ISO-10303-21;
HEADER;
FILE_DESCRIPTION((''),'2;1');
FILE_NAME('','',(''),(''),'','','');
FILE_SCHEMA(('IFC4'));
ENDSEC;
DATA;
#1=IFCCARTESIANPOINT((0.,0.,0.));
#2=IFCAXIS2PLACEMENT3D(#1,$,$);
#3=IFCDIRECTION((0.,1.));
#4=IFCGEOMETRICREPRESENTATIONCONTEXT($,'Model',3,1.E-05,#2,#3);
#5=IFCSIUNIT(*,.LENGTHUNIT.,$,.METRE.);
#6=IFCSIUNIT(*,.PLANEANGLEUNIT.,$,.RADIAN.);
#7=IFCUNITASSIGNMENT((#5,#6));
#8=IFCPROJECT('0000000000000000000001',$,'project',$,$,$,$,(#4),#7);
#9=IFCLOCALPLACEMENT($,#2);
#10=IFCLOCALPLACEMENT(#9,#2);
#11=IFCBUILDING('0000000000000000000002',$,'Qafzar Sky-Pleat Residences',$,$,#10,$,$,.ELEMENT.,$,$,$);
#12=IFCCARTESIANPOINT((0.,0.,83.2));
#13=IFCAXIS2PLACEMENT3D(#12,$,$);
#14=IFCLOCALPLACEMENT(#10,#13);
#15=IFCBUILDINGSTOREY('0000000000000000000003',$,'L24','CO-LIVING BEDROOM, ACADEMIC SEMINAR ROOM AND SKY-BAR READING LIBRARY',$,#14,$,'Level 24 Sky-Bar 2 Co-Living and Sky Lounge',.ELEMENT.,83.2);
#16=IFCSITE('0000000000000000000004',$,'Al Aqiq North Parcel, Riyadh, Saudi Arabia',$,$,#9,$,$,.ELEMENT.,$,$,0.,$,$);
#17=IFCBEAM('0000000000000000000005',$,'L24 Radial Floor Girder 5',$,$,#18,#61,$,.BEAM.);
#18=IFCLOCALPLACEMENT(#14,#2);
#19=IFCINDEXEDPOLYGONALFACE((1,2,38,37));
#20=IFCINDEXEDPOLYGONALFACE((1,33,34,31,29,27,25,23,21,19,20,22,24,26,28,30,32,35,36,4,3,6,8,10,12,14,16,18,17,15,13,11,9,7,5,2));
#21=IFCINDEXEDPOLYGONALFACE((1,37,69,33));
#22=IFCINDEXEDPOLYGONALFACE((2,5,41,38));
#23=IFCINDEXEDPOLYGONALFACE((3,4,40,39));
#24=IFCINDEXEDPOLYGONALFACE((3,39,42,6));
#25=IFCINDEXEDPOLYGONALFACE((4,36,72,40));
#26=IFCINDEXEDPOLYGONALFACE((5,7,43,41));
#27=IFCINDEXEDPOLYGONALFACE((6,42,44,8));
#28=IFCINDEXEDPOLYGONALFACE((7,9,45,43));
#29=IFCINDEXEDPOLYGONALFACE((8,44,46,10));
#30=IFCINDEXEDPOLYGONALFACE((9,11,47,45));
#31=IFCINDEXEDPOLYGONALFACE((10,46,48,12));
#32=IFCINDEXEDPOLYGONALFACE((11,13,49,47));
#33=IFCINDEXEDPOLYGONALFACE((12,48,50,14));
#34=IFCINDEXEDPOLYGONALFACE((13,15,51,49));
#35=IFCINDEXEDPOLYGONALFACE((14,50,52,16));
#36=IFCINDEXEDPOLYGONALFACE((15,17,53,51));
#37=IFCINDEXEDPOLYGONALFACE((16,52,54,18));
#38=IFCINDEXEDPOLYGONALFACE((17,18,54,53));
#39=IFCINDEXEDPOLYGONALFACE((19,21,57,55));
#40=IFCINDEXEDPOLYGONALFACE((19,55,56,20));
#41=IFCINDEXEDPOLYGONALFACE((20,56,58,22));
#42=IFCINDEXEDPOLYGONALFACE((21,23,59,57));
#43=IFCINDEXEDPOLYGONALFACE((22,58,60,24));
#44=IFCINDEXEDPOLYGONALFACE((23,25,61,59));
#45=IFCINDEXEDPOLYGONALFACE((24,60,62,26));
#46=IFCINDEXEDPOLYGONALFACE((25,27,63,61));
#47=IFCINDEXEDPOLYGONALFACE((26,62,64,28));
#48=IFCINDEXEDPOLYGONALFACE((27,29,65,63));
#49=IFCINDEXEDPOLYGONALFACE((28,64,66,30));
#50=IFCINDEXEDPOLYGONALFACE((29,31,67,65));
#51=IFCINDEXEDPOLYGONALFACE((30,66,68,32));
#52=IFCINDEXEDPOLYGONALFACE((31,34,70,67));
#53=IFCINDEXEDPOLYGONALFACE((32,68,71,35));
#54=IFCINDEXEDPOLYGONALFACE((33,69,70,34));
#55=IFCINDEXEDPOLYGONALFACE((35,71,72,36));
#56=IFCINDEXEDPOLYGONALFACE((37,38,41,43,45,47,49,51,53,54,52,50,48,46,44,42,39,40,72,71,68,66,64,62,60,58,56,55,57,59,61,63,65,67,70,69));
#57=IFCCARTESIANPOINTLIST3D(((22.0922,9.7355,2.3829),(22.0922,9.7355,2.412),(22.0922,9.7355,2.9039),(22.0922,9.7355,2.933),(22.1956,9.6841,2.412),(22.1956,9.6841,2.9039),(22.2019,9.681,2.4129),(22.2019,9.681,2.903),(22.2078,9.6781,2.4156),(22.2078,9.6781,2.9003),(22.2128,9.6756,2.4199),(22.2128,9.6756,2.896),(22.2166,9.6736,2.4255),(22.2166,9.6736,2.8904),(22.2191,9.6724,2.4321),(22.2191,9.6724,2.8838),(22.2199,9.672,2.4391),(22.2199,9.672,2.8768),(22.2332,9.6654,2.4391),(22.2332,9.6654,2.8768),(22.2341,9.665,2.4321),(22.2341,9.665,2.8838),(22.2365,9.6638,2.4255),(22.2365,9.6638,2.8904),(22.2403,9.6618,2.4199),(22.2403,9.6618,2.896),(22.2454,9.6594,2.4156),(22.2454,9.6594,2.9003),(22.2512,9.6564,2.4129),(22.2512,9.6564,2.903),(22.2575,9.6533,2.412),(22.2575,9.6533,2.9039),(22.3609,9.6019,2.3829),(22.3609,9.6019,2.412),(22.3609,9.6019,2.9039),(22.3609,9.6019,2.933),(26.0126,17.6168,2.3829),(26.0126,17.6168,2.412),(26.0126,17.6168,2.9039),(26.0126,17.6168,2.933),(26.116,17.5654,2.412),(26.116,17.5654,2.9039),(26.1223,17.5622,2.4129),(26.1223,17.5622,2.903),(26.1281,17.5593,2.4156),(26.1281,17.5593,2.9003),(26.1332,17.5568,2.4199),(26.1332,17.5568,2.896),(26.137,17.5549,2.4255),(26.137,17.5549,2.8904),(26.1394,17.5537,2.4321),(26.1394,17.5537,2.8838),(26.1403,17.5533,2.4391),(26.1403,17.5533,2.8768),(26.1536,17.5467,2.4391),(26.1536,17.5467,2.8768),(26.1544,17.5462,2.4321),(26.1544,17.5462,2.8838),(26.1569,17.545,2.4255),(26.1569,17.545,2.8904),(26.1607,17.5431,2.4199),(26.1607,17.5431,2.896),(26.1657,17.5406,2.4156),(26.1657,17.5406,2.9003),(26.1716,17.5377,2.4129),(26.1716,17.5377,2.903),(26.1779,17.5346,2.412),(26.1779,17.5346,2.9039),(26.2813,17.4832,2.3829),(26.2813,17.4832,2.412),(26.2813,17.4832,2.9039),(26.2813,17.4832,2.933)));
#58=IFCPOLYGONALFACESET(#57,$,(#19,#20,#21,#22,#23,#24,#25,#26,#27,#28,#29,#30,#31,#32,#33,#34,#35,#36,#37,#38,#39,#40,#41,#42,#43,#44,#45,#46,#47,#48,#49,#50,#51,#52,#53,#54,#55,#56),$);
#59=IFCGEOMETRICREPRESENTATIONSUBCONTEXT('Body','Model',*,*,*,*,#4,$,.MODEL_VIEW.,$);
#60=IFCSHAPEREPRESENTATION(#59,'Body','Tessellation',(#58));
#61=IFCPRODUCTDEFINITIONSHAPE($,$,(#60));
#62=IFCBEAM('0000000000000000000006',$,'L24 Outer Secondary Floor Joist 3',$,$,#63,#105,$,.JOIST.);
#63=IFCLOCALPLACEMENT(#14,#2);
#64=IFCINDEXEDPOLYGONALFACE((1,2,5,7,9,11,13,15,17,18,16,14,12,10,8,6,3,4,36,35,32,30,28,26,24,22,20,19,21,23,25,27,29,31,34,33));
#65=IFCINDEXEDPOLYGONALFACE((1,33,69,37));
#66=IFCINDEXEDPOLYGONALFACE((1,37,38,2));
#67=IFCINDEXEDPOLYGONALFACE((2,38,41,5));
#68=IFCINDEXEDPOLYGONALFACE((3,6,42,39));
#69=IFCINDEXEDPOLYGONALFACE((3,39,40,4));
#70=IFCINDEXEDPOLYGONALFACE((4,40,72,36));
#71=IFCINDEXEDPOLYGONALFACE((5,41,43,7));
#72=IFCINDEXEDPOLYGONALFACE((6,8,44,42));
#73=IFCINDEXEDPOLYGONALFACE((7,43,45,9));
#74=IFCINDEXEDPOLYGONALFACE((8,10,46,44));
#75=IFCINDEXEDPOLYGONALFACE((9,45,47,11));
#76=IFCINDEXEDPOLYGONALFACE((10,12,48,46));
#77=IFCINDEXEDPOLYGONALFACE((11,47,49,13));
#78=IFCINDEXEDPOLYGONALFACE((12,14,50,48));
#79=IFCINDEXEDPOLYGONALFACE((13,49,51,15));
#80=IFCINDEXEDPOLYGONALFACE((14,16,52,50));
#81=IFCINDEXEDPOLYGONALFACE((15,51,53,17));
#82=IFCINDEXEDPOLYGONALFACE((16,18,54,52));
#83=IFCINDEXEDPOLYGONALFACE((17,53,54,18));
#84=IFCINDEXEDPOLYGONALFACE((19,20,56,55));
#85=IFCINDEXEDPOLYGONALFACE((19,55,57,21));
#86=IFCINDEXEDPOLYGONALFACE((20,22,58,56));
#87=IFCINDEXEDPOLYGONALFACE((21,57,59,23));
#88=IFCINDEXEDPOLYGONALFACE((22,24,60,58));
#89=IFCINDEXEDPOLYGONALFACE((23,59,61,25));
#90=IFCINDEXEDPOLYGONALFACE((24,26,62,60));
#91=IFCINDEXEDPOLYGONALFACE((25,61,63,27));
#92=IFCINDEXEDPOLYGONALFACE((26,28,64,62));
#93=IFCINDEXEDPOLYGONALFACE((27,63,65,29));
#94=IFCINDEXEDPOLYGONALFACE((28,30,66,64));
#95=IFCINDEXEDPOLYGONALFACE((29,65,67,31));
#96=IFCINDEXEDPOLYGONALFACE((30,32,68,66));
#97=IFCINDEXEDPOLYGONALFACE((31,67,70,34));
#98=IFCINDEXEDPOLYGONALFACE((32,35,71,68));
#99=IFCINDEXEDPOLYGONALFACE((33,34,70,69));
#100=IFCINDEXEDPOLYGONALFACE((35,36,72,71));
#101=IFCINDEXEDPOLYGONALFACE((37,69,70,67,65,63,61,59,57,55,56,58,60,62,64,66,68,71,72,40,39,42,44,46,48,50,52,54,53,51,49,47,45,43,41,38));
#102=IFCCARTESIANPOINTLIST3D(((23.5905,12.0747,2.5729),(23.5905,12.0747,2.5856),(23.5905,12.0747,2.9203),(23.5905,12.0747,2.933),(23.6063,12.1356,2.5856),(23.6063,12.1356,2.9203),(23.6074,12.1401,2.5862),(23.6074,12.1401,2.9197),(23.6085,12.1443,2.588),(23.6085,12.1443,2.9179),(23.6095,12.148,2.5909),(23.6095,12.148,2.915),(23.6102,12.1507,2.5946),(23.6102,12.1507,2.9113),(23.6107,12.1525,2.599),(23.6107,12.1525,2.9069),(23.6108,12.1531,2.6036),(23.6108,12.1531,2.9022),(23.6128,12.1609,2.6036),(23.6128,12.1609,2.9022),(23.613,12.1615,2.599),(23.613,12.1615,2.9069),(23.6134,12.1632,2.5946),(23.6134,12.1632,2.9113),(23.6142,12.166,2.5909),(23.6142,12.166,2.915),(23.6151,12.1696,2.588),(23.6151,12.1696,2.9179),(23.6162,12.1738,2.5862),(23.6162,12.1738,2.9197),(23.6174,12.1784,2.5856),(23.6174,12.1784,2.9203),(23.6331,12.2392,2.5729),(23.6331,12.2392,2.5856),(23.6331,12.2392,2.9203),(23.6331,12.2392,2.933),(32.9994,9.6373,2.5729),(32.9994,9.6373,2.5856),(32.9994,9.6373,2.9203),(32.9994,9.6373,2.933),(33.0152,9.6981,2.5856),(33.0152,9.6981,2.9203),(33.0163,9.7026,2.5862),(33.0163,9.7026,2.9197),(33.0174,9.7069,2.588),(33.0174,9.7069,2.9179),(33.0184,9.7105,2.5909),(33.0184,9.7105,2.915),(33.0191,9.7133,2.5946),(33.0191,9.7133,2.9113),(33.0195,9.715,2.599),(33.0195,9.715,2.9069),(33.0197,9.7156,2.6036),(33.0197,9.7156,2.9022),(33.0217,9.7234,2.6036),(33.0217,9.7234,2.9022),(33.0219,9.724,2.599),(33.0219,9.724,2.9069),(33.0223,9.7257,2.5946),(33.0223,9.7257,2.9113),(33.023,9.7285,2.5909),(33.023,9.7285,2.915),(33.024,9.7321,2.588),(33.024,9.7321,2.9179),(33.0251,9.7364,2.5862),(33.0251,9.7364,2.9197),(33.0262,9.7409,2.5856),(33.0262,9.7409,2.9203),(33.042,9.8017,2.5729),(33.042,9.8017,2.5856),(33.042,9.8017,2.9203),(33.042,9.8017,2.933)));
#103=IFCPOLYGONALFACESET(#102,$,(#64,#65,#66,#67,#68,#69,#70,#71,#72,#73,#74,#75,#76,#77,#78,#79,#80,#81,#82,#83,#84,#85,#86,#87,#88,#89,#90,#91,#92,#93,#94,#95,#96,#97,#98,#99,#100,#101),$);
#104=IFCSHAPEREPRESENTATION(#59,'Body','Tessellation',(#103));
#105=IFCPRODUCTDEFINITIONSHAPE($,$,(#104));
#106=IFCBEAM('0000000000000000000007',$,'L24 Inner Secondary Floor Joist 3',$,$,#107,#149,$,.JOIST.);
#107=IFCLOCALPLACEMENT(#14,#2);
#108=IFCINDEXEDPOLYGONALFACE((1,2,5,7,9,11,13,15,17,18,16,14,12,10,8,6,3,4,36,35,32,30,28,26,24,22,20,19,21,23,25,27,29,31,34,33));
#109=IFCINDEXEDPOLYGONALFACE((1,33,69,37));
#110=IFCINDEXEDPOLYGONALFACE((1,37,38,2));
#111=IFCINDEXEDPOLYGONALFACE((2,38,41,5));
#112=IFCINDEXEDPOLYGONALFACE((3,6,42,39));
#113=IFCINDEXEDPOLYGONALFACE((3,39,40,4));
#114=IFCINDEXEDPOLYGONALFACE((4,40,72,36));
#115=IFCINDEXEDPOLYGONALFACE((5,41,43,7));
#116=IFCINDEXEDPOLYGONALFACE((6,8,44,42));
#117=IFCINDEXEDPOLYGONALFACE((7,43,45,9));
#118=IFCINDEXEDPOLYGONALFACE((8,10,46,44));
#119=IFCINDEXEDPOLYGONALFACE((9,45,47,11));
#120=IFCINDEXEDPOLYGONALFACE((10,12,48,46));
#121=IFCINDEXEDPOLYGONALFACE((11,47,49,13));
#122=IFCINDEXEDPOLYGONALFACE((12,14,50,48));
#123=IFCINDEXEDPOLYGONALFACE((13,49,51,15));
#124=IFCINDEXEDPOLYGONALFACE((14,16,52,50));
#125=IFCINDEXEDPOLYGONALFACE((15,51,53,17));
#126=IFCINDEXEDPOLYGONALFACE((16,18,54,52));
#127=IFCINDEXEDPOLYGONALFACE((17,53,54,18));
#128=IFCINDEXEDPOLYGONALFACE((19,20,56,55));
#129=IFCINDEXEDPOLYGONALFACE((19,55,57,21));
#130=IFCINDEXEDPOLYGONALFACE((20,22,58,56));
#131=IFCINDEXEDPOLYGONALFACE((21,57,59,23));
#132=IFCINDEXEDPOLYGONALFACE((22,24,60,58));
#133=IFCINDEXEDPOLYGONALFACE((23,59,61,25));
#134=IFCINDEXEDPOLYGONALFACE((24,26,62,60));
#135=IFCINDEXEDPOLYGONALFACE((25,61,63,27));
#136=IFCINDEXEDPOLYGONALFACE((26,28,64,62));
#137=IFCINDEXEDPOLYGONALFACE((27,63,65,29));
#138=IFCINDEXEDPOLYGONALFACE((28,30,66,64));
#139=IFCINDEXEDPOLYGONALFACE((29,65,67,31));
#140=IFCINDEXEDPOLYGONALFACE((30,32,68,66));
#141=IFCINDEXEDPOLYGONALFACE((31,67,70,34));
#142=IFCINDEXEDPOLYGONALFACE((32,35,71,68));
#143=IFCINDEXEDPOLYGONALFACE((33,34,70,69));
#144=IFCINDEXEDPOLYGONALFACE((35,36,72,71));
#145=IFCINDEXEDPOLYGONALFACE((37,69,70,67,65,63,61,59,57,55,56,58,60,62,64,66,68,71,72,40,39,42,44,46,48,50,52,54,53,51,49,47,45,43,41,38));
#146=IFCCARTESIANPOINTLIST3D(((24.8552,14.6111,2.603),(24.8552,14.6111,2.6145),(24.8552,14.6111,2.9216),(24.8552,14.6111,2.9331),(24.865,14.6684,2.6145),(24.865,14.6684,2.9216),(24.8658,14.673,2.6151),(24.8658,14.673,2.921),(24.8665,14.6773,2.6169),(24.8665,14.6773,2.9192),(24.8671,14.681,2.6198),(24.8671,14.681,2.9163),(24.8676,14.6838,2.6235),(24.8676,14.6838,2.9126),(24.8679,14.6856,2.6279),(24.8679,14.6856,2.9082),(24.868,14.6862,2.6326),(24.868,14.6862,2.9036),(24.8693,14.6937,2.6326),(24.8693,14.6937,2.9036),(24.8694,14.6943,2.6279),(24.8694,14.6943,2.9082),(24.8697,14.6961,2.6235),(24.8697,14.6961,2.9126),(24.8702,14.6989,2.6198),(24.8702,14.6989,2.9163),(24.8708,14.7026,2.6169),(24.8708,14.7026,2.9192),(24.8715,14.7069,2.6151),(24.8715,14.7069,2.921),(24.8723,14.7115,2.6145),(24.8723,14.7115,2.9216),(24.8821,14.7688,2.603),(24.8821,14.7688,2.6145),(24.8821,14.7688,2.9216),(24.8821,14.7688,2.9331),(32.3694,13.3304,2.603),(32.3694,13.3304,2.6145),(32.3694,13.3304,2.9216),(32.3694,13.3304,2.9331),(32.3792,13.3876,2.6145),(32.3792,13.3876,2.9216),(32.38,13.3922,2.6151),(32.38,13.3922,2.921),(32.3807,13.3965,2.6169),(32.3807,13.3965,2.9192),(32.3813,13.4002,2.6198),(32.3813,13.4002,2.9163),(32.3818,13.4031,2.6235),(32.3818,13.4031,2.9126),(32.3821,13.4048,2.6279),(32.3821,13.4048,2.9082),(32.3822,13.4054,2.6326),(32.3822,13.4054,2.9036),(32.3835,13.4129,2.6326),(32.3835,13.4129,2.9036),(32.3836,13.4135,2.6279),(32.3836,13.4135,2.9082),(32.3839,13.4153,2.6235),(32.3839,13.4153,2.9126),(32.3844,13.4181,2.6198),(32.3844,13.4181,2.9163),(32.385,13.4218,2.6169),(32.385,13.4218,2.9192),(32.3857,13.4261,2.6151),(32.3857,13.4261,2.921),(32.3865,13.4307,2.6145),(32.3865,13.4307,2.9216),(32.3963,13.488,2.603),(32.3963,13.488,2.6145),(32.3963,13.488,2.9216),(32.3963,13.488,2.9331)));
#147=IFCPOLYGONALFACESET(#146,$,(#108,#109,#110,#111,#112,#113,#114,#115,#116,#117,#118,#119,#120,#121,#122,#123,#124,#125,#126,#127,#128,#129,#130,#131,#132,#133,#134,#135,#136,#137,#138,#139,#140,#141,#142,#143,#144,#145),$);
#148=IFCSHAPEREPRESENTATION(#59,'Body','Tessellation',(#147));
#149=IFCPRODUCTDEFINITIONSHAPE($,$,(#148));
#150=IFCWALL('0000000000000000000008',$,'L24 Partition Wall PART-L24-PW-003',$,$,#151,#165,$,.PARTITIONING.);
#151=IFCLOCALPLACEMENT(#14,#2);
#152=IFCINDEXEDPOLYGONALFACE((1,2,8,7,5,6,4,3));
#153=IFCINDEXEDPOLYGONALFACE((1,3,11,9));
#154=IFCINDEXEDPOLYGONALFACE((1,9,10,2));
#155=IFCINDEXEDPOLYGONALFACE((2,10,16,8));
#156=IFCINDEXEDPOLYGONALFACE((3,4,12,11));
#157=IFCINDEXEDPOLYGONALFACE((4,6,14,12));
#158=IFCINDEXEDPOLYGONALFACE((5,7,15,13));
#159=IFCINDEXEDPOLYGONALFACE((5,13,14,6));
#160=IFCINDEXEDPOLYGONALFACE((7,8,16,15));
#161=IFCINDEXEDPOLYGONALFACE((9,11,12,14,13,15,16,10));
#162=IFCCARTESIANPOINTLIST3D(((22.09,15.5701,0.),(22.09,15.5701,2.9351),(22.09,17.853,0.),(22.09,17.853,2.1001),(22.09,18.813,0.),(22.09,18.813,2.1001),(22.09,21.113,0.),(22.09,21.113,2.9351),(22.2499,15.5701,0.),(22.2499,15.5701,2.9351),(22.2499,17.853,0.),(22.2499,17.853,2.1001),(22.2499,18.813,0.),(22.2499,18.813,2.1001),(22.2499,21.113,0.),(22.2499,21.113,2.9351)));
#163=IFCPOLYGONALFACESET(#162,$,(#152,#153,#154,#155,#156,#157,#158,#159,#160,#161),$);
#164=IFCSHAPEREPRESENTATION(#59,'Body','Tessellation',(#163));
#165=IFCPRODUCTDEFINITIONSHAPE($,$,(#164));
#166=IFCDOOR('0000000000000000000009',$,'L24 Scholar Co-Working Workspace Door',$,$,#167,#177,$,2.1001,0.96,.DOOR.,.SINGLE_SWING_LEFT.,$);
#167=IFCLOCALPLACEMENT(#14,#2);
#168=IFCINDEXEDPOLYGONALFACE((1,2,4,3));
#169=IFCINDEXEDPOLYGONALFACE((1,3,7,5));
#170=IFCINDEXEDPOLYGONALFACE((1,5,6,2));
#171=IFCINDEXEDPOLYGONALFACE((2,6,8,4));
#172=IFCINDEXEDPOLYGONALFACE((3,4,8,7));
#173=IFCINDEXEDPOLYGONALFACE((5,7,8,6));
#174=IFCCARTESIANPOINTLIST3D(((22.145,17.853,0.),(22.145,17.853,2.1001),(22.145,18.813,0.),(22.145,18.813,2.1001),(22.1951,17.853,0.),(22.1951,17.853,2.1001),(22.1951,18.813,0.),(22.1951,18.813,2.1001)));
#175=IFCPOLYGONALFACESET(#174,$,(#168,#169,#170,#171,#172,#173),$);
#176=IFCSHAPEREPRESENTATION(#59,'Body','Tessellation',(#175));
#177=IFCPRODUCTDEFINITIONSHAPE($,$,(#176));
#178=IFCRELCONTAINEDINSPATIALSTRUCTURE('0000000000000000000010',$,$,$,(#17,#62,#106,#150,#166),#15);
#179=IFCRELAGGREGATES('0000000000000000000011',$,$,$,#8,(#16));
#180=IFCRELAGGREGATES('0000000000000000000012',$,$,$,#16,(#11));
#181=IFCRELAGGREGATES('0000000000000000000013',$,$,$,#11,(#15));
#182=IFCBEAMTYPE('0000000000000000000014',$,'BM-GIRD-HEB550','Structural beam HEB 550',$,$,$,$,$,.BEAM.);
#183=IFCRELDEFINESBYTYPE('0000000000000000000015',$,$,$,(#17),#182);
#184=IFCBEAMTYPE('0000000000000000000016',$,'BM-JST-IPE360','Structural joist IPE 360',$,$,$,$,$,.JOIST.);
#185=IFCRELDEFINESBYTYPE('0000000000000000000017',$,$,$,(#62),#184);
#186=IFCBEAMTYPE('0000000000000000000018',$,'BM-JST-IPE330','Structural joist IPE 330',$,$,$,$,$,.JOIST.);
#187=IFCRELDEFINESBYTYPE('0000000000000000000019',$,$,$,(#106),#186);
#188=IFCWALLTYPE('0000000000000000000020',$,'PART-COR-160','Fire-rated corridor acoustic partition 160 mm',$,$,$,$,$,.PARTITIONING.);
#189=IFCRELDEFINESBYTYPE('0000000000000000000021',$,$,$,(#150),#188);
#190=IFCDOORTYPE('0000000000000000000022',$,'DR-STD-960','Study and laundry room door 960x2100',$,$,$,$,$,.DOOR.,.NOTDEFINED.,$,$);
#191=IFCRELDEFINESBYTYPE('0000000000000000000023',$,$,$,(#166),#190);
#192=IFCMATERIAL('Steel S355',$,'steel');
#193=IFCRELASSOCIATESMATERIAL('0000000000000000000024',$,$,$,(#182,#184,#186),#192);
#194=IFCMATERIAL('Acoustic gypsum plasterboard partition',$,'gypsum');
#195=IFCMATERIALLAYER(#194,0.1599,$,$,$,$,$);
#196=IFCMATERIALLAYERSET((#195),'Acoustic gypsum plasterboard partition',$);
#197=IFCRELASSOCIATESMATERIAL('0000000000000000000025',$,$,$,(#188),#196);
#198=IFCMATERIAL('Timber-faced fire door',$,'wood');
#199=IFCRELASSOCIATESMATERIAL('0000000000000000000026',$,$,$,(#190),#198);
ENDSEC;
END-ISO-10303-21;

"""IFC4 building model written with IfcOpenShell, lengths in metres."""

from ifc_helpers import new_model, si_unit, direction, frame, frame_2d, origin, origin_2d, place, context, subcontext, project, spatial, rectangle, i_section, extrude, source, transform, mapped, material, layer, layer_set, material_profile, profile_set, type_object, element, fill, save


model = new_model("IFC4")

# Units and contexts
model_context = context("Model", 3, precision=1e-05, world=origin(), true_north=direction((0.0, 1.0)))
body_context = subcontext(model_context, "Body", "Model", "MODEL_VIEW")
ifc_project = project(units=[si_unit("LENGTHUNIT", "METRE"), si_unit("PLANEANGLEUNIT", "RADIAN")], contexts=[model_context])

# Site, building, storey
site_placement = place(None, origin())
site = spatial("IfcSite", under=ifc_project, at=site_placement, Name="Al Aqiq North Parcel, Riyadh, Saudi Arabia", CompositionType="ELEMENT", RefElevation=0.0)
building_placement = place(site_placement, origin())
building = spatial("IfcBuilding", under=site, at=building_placement, Name="Qafzar Sky-Pleat Residences", CompositionType="ELEMENT")
storey_placement = place(building_placement, frame((0.0, 0.0, 83.2)))
storey = spatial("IfcBuildingStorey", under=building, at=storey_placement, Name="L24", Description="CO-LIVING BEDROOM, ACADEMIC SEMINAR ROOM AND SKY-BAR READING LIBRARY", LongName="Level 24 Sky-Bar 2 Co-Living and Sky Lounge", CompositionType="ELEMENT", Elevation=83.2)

# Beams
ifc_material_1 = material(Name="Steel S355", Category="steel")
ifc_material_profile_1 = material_profile(ifc_material_1, i_section(OverallWidth=0.3, OverallDepth=0.55, WebThickness=0.0149, FlangeThickness=0.0291, FilletRadius=0.0271, at=origin_2d()), Name="HEB 550")
ifc_profile_set_1 = profile_set([ifc_material_profile_1], Name="Steel S355")
beam_type_1 = type_object("IfcBeamType", Name="BM-GIRD-HEB550", Description="Structural beam HEB 550", PredefinedType="BEAM", material=ifc_profile_set_1)
shared_shape_1 = source(origin(), body_context, "Body", "SweptSolid", [
    extrude(i_section(OverallWidth=0.3, OverallDepth=0.55, WebThickness=0.0149, FlangeThickness=0.0291, FilletRadius=0.0271, at=origin_2d()), origin(), (0.0, 0.0, 1.0), 8.8025),
])
beam_1_placement = place(storey_placement, frame((22.2266, 9.6687, 2.658), z_axis=(0.445371, 0.895346, 0.0), x_axis=(-0.895346, 0.445371, 0.0)))
element("IfcBeam", 1, at=beam_1_placement, inside=storey, type_object=beam_type_1, Name="L24 Radial Floor Girder 5", PredefinedType="BEAM", context=body_context, shape_type="MappedRepresentation", body=[
    mapped(shared_shape_1, transform((0.0, 0.0, 0.0), x_axis=(1.0, 0.0, 0.0), y_axis=(0.0, 1.0, 0.0), z_axis=(0.0, 0.0, 1.0), scale=1.0)),
])
ifc_material_profile_2 = material_profile(ifc_material_1, i_section(OverallWidth=0.1699, OverallDepth=0.3601, WebThickness=0.0081, FlangeThickness=0.0127, FilletRadius=0.0181, at=origin_2d()), Name="IPE 360")
ifc_profile_set_2 = profile_set([ifc_material_profile_2], Name="Steel S355")
beam_type_2 = type_object("IfcBeamType", Name="BM-JST-IPE360", Description="Structural joist IPE 360", PredefinedType="JOIST", material=ifc_profile_set_2)
shared_shape_2 = source(origin(), body_context, "Body", "SweptSolid", [
    extrude(i_section(OverallWidth=0.1699, OverallDepth=0.3601, WebThickness=0.0081, FlangeThickness=0.0127, FilletRadius=0.0181, at=origin_2d()), origin(), (0.0, 0.0, 1.0), 9.7195),
])
beam_2_placement = place(storey_placement, frame((23.6118, 12.157, 2.7529), z_axis=(0.968043, -0.250783, 0.0), x_axis=(0.250783, 0.968043, 0.0)))
element("IfcBeam", 2, at=beam_2_placement, inside=storey, type_object=beam_type_2, Name="L24 Outer Secondary Floor Joist 3", PredefinedType="JOIST", context=body_context, shape_type="MappedRepresentation", body=[
    mapped(shared_shape_2, transform((0.0, 0.0, 0.0), x_axis=(1.0, 0.0, 0.0), y_axis=(0.0, 1.0, 0.0), z_axis=(0.0, 0.0, 1.0), scale=1.0)),
])
ifc_material_profile_3 = material_profile(ifc_material_1, i_section(OverallWidth=0.1599, OverallDepth=0.3301, WebThickness=0.0076, FlangeThickness=0.0115, FilletRadius=0.0181, at=origin_2d()), Name="IPE 330")
ifc_profile_set_3 = profile_set([ifc_material_profile_3], Name="Steel S355")
beam_type_3 = type_object("IfcBeamType", Name="BM-JST-IPE330", Description="Structural joist IPE 330", PredefinedType="JOIST", material=ifc_profile_set_3)
shared_shape_3 = source(origin(), body_context, "Body", "SweptSolid", [
    extrude(i_section(OverallWidth=0.1599, OverallDepth=0.3301, WebThickness=0.0076, FlangeThickness=0.0115, FilletRadius=0.0181, at=origin_2d()), origin(), (0.0, 0.0, 1.0), 7.6226),
])
beam_3_placement = place(storey_placement, frame((24.8687, 14.6899, 2.7681), z_axis=(0.985783, -0.168023, 0.0), x_axis=(0.168023, 0.985783, 0.0)))
element("IfcBeam", 3, at=beam_3_placement, inside=storey, type_object=beam_type_3, Name="L24 Inner Secondary Floor Joist 3", PredefinedType="JOIST", context=body_context, shape_type="MappedRepresentation", body=[
    mapped(shared_shape_3, transform((0.0, 0.0, 0.0), x_axis=(1.0, 0.0, 0.0), y_axis=(0.0, 1.0, 0.0), z_axis=(0.0, 0.0, 1.0), scale=1.0)),
])

# Wall, opening, door
ifc_material_2 = material(Name="Acoustic gypsum plasterboard partition", Category="gypsum")
ifc_layer_1 = layer(ifc_material_2, 0.1599)
ifc_layer_set_1 = layer_set([ifc_layer_1], Name="Acoustic gypsum plasterboard partition")
wall_type_1 = type_object("IfcWallType", Name="PART-COR-160", Description="Fire-rated corridor acoustic partition 160 mm", PredefinedType="PARTITIONING", material=ifc_layer_set_1)
wall_1_placement = place(storey_placement, frame((22.1699, 15.5701, 0.0), z_axis=(0.0, 0.0, 1.0), x_axis=(0.0, 1.0, 0.0)))
wall_1 = element("IfcWall", 4, at=wall_1_placement, inside=storey, type_object=wall_type_1, Name="L24 Partition Wall PART-L24-PW-003", PredefinedType="PARTITIONING", context=body_context, shape_type="SweptSolid", body=[
    extrude(rectangle(XDim=5.543, YDim=0.1599, at=frame_2d((2.7715, 0.0))), origin(), (0.0, 0.0, 1.0), 2.9351),
])
opening_1_placement = place(wall_1_placement, frame((2.283, 0.0, 0.0)))
opening_1 = element("IfcOpeningElement", 5, at=opening_1_placement, cuts=wall_1, PredefinedType="OPENING", context=body_context, shape_type="SweptSolid", body=[
    extrude(rectangle(XDim=0.96, YDim=2.1001, at=frame_2d((0.48, 1.05))), frame((0.0, 0.0898, 0.0), z_axis=(0.0, -1.0, 0.0), x_axis=(1.0, 0.0, 0.0)), (0.0, 0.0, 1.0), 0.1799),
])
ifc_material_3 = material(Name="Timber-faced fire door", Category="wood")
door_type_1 = type_object("IfcDoorType", Name="DR-STD-960", Description="Study and laundry room door 960x2100", OperationType="NOTDEFINED", PredefinedType="DOOR", material=ifc_material_3)
shared_shape_4 = source(origin(), body_context, "Body", "SweptSolid", [
    extrude(rectangle(XDim=0.96, YDim=2.1001, at=frame_2d((0.48, 1.05))), frame((0.0, 0.0249, 0.0), z_axis=(0.0, -1.0, 0.0), x_axis=(1.0, 0.0, 0.0)), (0.0, 0.0, 1.0), 0.05),
])
door_1_placement = place(opening_1_placement, origin())
door_1 = element("IfcDoor", 6, at=door_1_placement, inside=storey, type_object=door_type_1, Name="L24 Scholar Co-Working Workspace Door", OperationType="SINGLE_SWING_LEFT", OverallHeight=2.1001, OverallWidth=0.96, PredefinedType="DOOR", context=body_context, shape_type="MappedRepresentation", body=[
    mapped(shared_shape_4, transform((0.0, 0.0, 0.0), x_axis=(1.0, 0.0, 0.0), y_axis=(0.0, 1.0, 0.0), z_axis=(0.0, 0.0, 1.0), scale=1.0)),
])
fill(opening_1, door_1)

save(model, "model.ifc")
